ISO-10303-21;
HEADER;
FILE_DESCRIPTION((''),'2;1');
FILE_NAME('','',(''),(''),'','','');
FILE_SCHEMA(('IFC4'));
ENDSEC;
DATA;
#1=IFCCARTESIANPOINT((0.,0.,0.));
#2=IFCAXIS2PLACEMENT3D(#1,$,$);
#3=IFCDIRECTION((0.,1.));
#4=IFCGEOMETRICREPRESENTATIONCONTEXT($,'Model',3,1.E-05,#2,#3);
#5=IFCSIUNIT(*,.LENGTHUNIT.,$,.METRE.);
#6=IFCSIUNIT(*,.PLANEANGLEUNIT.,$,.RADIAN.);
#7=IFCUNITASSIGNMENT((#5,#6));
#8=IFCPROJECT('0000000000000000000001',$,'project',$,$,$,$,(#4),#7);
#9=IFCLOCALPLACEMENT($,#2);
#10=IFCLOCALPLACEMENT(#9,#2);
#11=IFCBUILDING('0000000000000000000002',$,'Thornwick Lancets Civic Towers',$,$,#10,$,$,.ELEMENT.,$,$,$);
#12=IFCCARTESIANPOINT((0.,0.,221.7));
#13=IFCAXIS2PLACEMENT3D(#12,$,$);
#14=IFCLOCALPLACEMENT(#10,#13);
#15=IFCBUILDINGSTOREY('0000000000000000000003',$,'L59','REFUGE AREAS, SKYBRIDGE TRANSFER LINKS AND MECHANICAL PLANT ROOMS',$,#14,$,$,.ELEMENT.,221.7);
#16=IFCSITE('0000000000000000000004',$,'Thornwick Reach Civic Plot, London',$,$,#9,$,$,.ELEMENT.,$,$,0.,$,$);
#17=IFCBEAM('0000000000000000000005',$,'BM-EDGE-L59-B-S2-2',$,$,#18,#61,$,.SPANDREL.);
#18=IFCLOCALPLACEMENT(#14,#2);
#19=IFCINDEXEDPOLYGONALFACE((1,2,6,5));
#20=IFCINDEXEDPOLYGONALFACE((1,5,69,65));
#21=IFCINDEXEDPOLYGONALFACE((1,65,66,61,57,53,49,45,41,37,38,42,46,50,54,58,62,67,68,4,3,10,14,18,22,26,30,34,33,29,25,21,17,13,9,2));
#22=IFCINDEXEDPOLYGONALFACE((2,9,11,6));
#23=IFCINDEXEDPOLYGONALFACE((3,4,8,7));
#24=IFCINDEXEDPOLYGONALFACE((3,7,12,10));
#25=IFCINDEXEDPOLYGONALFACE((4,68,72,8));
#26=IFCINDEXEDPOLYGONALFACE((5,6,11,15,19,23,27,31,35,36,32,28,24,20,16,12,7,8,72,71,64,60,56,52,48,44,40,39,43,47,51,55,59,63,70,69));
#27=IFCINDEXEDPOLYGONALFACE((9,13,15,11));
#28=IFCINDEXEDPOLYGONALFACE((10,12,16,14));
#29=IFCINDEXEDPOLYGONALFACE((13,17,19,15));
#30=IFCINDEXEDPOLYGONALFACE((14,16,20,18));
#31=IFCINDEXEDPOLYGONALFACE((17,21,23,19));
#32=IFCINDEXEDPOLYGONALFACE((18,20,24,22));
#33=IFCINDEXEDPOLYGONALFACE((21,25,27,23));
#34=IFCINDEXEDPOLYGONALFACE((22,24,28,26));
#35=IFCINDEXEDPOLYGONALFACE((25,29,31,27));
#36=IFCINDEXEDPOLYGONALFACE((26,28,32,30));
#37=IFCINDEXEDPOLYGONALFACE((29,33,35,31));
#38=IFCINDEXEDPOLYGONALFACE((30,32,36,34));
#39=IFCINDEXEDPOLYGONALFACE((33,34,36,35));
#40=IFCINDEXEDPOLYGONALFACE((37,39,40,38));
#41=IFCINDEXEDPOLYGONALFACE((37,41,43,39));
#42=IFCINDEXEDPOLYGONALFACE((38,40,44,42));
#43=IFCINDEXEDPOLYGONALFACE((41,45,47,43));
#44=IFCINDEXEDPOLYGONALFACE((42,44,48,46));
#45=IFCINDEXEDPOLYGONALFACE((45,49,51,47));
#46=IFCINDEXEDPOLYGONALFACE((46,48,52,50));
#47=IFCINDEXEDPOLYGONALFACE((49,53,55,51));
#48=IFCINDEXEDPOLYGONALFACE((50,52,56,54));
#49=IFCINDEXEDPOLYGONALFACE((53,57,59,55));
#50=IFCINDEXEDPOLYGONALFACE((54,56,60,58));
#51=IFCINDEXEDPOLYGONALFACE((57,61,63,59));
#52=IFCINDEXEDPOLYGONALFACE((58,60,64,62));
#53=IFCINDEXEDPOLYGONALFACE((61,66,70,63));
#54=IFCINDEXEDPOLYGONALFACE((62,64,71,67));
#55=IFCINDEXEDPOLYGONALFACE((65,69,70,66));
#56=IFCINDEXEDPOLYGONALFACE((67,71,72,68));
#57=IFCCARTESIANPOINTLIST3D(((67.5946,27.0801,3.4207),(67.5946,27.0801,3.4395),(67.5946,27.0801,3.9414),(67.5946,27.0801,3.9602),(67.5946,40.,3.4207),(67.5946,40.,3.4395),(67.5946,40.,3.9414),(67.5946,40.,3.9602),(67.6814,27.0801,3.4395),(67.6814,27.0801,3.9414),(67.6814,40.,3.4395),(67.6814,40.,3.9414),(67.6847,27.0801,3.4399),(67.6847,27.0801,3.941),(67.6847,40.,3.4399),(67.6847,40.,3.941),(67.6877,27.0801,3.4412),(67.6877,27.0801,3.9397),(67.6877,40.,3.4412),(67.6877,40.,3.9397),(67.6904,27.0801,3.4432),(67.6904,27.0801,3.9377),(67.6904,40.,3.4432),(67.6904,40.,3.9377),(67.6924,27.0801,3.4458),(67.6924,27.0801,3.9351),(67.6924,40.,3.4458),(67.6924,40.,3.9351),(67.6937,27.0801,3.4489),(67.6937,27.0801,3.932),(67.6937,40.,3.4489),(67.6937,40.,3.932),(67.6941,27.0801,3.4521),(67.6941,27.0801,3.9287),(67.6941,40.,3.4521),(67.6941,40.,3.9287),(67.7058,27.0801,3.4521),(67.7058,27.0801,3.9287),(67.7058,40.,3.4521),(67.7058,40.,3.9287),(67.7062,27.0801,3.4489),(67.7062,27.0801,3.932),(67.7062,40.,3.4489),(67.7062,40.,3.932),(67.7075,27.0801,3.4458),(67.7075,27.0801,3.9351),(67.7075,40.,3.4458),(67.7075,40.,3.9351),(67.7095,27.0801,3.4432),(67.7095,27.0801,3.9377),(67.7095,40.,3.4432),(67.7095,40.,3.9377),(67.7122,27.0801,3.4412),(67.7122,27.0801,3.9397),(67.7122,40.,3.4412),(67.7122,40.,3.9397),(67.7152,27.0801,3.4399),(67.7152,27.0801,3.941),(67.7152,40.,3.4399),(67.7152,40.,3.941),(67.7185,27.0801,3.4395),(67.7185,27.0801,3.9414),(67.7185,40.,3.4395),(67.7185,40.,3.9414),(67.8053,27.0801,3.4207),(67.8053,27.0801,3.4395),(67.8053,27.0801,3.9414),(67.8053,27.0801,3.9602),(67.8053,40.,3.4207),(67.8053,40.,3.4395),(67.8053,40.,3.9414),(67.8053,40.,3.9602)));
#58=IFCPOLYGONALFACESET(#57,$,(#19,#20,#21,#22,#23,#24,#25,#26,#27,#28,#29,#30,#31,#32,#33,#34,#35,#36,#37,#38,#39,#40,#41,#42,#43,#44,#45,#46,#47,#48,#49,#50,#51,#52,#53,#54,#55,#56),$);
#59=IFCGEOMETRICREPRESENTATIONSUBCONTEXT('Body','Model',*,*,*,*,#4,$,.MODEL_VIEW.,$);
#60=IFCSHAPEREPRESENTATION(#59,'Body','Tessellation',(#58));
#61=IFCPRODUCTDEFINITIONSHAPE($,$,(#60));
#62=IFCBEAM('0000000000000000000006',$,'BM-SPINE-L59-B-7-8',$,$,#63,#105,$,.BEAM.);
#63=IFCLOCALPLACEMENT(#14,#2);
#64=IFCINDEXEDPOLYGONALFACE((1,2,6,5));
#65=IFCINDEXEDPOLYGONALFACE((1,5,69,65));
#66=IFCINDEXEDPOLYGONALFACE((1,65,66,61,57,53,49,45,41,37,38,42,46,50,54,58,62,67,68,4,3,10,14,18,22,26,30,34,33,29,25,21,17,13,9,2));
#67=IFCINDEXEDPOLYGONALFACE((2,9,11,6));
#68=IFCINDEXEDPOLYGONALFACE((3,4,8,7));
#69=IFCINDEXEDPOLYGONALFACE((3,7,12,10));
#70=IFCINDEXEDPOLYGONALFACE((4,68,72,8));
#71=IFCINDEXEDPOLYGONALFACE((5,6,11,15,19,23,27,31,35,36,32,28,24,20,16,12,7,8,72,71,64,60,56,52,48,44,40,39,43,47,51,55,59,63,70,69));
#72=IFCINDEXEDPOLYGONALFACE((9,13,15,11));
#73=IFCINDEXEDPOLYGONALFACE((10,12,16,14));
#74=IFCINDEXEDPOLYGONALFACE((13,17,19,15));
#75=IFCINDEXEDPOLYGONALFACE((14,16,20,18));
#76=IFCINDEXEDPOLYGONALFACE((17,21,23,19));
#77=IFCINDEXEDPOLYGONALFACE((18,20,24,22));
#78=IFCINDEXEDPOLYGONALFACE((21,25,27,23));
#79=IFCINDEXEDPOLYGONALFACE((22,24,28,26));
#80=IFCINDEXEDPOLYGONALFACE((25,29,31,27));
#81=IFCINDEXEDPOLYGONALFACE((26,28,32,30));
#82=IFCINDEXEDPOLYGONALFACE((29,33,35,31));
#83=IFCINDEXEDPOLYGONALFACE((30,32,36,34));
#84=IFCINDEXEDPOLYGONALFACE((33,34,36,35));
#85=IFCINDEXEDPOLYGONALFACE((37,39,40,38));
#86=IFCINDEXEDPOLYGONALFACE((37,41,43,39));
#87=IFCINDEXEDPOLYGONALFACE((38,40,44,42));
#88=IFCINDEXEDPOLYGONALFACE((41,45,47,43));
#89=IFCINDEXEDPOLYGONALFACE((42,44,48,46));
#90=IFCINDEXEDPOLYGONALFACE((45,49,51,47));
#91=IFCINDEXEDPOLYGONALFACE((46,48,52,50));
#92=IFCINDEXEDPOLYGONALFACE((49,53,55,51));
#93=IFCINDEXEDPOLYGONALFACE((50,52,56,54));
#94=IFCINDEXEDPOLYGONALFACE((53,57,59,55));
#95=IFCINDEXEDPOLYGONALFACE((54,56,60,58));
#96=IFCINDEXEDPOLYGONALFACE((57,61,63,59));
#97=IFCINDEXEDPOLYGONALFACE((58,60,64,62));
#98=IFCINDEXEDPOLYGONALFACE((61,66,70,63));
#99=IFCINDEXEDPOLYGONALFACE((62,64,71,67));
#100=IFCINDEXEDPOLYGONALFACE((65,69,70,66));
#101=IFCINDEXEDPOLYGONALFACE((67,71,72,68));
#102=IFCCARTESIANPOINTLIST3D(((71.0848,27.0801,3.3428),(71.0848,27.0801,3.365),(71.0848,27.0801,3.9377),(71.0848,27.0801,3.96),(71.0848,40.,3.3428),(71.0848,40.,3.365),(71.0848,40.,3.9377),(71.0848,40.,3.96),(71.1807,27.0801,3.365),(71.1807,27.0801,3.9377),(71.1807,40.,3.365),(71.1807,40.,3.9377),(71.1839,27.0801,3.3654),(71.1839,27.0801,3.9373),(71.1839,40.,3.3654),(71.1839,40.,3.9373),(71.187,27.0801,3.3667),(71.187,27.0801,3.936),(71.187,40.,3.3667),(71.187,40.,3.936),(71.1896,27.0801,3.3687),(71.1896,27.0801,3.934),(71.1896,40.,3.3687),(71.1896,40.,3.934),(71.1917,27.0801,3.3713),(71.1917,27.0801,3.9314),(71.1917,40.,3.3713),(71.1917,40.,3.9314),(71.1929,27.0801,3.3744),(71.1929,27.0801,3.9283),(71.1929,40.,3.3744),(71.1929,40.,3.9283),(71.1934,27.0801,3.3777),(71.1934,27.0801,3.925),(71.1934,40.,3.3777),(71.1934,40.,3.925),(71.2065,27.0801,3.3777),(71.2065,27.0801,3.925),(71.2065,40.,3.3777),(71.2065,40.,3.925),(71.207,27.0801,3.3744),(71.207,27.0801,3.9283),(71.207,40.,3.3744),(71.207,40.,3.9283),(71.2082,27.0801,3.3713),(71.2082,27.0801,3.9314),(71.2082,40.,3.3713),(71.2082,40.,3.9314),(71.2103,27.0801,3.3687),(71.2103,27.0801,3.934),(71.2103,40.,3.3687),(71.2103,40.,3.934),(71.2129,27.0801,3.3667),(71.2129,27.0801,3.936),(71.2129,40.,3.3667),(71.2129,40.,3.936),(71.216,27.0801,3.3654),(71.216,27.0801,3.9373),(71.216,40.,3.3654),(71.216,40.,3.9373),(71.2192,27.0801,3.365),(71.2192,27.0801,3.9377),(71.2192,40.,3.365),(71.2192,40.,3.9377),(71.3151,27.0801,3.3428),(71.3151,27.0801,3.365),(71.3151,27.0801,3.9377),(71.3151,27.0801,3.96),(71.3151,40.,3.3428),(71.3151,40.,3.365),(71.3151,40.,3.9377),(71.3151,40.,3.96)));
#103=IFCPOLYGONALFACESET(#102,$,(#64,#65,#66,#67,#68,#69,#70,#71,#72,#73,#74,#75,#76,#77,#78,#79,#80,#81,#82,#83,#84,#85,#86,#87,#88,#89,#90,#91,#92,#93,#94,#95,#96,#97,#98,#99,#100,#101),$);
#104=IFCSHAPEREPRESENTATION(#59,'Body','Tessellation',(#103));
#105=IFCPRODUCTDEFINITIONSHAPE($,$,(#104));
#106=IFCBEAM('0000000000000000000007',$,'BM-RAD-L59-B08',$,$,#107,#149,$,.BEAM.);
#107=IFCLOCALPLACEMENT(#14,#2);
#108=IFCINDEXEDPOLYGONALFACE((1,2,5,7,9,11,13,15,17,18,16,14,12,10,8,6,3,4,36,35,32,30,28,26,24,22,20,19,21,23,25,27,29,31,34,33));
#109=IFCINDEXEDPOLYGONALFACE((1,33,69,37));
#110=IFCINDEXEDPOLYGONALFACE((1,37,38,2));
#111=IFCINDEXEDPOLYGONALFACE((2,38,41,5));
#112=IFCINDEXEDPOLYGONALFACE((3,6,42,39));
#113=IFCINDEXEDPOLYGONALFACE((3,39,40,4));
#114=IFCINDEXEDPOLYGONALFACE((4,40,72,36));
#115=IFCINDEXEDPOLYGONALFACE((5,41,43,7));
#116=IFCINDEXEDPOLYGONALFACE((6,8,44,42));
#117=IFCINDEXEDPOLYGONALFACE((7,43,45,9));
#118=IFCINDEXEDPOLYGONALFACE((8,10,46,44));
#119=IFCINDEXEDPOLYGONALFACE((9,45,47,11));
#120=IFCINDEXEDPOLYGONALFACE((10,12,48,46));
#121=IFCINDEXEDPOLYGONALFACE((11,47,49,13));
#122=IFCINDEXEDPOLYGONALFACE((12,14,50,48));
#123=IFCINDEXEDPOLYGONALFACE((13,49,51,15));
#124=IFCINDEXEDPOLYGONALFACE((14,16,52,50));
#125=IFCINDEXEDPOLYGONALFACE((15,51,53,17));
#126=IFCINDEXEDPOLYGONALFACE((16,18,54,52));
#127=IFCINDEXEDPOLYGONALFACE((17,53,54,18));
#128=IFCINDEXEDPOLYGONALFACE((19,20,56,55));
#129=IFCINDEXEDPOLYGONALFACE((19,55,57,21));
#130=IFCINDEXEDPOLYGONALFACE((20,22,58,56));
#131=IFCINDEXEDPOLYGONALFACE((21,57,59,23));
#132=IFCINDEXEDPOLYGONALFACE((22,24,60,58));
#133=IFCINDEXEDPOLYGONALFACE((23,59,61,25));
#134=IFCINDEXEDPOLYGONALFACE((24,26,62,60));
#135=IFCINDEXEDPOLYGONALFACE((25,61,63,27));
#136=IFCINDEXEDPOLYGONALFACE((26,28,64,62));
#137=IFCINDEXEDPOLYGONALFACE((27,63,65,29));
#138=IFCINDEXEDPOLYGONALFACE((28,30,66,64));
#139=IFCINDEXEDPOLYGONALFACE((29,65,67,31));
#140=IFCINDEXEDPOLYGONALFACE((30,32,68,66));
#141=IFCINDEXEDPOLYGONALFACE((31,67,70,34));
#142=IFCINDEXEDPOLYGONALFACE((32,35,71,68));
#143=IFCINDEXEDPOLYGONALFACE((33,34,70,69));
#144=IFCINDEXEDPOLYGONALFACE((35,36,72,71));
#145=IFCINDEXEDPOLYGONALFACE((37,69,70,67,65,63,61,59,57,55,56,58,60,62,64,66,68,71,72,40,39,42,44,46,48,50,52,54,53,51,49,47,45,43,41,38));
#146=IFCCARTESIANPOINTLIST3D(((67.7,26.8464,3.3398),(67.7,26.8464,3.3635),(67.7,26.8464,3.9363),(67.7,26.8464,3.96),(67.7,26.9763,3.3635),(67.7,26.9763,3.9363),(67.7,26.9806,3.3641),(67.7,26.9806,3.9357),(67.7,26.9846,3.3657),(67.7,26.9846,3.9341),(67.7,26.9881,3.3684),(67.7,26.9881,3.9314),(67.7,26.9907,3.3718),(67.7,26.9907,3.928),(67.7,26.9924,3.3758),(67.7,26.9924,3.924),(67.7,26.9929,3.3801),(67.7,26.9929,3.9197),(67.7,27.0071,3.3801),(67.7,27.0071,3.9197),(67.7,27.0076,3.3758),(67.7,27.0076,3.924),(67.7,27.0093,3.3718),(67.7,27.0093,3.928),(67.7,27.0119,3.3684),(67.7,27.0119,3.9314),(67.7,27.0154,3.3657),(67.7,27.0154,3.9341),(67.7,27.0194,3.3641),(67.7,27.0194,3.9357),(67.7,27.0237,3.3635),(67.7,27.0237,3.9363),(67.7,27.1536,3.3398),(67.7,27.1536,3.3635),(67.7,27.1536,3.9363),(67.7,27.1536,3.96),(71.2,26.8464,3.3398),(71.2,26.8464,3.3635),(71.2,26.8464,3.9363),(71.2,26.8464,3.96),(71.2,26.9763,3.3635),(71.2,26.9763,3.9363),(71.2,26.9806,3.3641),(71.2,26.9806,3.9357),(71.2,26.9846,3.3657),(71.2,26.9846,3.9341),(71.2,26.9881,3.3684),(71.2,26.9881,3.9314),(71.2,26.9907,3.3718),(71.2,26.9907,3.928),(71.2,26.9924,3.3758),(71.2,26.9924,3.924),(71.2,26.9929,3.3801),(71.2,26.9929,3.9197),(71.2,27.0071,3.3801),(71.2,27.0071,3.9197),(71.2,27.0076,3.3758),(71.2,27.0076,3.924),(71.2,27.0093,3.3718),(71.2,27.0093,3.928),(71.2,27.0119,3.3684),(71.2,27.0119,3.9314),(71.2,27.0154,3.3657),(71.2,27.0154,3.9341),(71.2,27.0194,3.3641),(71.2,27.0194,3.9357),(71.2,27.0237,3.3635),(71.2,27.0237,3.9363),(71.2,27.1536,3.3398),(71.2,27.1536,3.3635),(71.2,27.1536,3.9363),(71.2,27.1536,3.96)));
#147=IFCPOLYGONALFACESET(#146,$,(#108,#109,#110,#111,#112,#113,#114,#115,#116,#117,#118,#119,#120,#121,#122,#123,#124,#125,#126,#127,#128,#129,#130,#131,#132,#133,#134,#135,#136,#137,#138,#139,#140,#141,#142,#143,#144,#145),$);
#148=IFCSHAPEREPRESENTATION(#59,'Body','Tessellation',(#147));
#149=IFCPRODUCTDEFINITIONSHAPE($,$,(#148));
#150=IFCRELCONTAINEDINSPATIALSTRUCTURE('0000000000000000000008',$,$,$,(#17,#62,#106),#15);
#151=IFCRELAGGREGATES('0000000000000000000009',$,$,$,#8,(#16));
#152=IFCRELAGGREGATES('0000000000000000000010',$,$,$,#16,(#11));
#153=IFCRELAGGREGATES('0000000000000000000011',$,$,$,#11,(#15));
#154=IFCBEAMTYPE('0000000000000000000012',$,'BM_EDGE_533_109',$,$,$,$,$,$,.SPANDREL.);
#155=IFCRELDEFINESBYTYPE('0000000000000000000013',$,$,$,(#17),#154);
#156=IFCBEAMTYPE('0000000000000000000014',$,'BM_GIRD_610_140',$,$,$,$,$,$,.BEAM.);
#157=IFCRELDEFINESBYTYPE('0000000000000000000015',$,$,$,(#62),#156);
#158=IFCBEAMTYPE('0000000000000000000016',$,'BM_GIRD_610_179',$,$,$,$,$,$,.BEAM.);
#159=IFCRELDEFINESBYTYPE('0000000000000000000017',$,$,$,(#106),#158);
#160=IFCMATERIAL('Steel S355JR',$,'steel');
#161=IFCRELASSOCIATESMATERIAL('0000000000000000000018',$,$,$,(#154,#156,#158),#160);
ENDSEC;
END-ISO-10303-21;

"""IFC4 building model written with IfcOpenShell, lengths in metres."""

from ifc_helpers import new_model, si_unit, direction, frame, origin, origin_2d, place, context, subcontext, project, spatial, i_section, extrude, material, material_profile, profile_set, type_object, element, save


model = new_model("IFC4")

# Units and contexts
model_context = context("Model", 3, precision=1e-05, world=origin(), true_north=direction((0.0, 1.0)))
body_context = subcontext(model_context, "Body", "Model", "MODEL_VIEW")
ifc_project = project(units=[si_unit("LENGTHUNIT", "METRE"), si_unit("PLANEANGLEUNIT", "RADIAN")], contexts=[model_context])

# Site, building, storey
site_placement = place(None, origin())
site = spatial("IfcSite", under=ifc_project, at=site_placement, Name="Thornwick Reach Civic Plot, London", CompositionType="ELEMENT", RefElevation=0.0)
building_placement = place(site_placement, origin())
building = spatial("IfcBuilding", under=site, at=building_placement, Name="Thornwick Lancets Civic Towers", CompositionType="ELEMENT")
storey_placement = place(building_placement, frame((0.0, 0.0, 221.7)))
storey = spatial("IfcBuildingStorey", under=building, at=storey_placement, Name="L59", Description="REFUGE AREAS, SKYBRIDGE TRANSFER LINKS AND MECHANICAL PLANT ROOMS", CompositionType="ELEMENT", Elevation=221.7)

# Beams
ifc_material_1 = material(Name="Steel S355JR", Category="steel")
ifc_material_profile_1 = material_profile(ifc_material_1, i_section(OverallWidth=0.2107, OverallDepth=0.5396, WebThickness=0.0117, FlangeThickness=0.0188, FilletRadius=0.0127, at=origin_2d()), Name="UKB 533x210x109")
ifc_profile_set_1 = profile_set([ifc_material_profile_1], Name="Steel S355JR")
beam_type_1 = type_object("IfcBeamType", Name="BM_EDGE_533_109", PredefinedType="SPANDREL", material=ifc_profile_set_1)
beam_1_placement = place(storey_placement, frame((67.7, 27.0801, 3.6904), z_axis=(0.0, 1.0, 0.0), x_axis=(-1.0, 0.0, 0.0)))
element("IfcBeam", 1, at=beam_1_placement, inside=storey, type_object=beam_type_1, Name="BM-EDGE-L59-B-S2-2", PredefinedType="SPANDREL", context=body_context, shape_type="SweptSolid", body=[
    extrude(i_section(OverallWidth=0.2107, OverallDepth=0.5396, WebThickness=0.0117, FlangeThickness=0.0188, FilletRadius=0.0127, at=origin_2d()), origin(), (0.0, 0.0, 1.0), 12.9199),
])
ifc_material_profile_2 = material_profile(ifc_material_1, i_section(OverallWidth=0.2302, OverallDepth=0.6172, WebThickness=0.0132, FlangeThickness=0.0222, FilletRadius=0.0127, at=origin_2d()), Name="UKB 610x229x140")
ifc_profile_set_2 = profile_set([ifc_material_profile_2], Name="Steel S355JR")
beam_type_2 = type_object("IfcBeamType", Name="BM_GIRD_610_140", PredefinedType="BEAM", material=ifc_profile_set_2)
beam_2_placement = place(storey_placement, frame((71.2, 27.0801, 3.6514), z_axis=(0.0, 1.0, 0.0), x_axis=(-1.0, 0.0, 0.0)))
element("IfcBeam", 2, at=beam_2_placement, inside=storey, type_object=beam_type_2, Name="BM-SPINE-L59-B-7-8", PredefinedType="BEAM", context=body_context, shape_type="SweptSolid", body=[
    extrude(i_section(OverallWidth=0.2302, OverallDepth=0.6172, WebThickness=0.0132, FlangeThickness=0.0222, FilletRadius=0.0127, at=origin_2d()), origin(), (0.0, 0.0, 1.0), 12.9199),
])
ifc_material_profile_3 = material_profile(ifc_material_1, i_section(OverallWidth=0.3071, OverallDepth=0.6201, WebThickness=0.0142, FlangeThickness=0.0237, FilletRadius=0.0166, at=origin_2d()), Name="UKB 610x305x179")
ifc_profile_set_3 = profile_set([ifc_material_profile_3], Name="Steel S355JR")
beam_type_3 = type_object("IfcBeamType", Name="BM_GIRD_610_179", PredefinedType="BEAM", material=ifc_profile_set_3)
beam_3_placement = place(storey_placement, frame((71.2, 27.0, 3.6499), z_axis=(-1.0, 0.0, 0.0), x_axis=(0.0, -1.0, 0.0)))
element("IfcBeam", 3, at=beam_3_placement, inside=storey, type_object=beam_type_3, Name="BM-RAD-L59-B08", PredefinedType="BEAM", context=body_context, shape_type="SweptSolid", body=[
    extrude(i_section(OverallWidth=0.3071, OverallDepth=0.6201, WebThickness=0.0142, FlangeThickness=0.0237, FilletRadius=0.0166, at=origin_2d()), origin(), (0.0, 0.0, 1.0), 3.5),
])

save(model, "model.ifc")
